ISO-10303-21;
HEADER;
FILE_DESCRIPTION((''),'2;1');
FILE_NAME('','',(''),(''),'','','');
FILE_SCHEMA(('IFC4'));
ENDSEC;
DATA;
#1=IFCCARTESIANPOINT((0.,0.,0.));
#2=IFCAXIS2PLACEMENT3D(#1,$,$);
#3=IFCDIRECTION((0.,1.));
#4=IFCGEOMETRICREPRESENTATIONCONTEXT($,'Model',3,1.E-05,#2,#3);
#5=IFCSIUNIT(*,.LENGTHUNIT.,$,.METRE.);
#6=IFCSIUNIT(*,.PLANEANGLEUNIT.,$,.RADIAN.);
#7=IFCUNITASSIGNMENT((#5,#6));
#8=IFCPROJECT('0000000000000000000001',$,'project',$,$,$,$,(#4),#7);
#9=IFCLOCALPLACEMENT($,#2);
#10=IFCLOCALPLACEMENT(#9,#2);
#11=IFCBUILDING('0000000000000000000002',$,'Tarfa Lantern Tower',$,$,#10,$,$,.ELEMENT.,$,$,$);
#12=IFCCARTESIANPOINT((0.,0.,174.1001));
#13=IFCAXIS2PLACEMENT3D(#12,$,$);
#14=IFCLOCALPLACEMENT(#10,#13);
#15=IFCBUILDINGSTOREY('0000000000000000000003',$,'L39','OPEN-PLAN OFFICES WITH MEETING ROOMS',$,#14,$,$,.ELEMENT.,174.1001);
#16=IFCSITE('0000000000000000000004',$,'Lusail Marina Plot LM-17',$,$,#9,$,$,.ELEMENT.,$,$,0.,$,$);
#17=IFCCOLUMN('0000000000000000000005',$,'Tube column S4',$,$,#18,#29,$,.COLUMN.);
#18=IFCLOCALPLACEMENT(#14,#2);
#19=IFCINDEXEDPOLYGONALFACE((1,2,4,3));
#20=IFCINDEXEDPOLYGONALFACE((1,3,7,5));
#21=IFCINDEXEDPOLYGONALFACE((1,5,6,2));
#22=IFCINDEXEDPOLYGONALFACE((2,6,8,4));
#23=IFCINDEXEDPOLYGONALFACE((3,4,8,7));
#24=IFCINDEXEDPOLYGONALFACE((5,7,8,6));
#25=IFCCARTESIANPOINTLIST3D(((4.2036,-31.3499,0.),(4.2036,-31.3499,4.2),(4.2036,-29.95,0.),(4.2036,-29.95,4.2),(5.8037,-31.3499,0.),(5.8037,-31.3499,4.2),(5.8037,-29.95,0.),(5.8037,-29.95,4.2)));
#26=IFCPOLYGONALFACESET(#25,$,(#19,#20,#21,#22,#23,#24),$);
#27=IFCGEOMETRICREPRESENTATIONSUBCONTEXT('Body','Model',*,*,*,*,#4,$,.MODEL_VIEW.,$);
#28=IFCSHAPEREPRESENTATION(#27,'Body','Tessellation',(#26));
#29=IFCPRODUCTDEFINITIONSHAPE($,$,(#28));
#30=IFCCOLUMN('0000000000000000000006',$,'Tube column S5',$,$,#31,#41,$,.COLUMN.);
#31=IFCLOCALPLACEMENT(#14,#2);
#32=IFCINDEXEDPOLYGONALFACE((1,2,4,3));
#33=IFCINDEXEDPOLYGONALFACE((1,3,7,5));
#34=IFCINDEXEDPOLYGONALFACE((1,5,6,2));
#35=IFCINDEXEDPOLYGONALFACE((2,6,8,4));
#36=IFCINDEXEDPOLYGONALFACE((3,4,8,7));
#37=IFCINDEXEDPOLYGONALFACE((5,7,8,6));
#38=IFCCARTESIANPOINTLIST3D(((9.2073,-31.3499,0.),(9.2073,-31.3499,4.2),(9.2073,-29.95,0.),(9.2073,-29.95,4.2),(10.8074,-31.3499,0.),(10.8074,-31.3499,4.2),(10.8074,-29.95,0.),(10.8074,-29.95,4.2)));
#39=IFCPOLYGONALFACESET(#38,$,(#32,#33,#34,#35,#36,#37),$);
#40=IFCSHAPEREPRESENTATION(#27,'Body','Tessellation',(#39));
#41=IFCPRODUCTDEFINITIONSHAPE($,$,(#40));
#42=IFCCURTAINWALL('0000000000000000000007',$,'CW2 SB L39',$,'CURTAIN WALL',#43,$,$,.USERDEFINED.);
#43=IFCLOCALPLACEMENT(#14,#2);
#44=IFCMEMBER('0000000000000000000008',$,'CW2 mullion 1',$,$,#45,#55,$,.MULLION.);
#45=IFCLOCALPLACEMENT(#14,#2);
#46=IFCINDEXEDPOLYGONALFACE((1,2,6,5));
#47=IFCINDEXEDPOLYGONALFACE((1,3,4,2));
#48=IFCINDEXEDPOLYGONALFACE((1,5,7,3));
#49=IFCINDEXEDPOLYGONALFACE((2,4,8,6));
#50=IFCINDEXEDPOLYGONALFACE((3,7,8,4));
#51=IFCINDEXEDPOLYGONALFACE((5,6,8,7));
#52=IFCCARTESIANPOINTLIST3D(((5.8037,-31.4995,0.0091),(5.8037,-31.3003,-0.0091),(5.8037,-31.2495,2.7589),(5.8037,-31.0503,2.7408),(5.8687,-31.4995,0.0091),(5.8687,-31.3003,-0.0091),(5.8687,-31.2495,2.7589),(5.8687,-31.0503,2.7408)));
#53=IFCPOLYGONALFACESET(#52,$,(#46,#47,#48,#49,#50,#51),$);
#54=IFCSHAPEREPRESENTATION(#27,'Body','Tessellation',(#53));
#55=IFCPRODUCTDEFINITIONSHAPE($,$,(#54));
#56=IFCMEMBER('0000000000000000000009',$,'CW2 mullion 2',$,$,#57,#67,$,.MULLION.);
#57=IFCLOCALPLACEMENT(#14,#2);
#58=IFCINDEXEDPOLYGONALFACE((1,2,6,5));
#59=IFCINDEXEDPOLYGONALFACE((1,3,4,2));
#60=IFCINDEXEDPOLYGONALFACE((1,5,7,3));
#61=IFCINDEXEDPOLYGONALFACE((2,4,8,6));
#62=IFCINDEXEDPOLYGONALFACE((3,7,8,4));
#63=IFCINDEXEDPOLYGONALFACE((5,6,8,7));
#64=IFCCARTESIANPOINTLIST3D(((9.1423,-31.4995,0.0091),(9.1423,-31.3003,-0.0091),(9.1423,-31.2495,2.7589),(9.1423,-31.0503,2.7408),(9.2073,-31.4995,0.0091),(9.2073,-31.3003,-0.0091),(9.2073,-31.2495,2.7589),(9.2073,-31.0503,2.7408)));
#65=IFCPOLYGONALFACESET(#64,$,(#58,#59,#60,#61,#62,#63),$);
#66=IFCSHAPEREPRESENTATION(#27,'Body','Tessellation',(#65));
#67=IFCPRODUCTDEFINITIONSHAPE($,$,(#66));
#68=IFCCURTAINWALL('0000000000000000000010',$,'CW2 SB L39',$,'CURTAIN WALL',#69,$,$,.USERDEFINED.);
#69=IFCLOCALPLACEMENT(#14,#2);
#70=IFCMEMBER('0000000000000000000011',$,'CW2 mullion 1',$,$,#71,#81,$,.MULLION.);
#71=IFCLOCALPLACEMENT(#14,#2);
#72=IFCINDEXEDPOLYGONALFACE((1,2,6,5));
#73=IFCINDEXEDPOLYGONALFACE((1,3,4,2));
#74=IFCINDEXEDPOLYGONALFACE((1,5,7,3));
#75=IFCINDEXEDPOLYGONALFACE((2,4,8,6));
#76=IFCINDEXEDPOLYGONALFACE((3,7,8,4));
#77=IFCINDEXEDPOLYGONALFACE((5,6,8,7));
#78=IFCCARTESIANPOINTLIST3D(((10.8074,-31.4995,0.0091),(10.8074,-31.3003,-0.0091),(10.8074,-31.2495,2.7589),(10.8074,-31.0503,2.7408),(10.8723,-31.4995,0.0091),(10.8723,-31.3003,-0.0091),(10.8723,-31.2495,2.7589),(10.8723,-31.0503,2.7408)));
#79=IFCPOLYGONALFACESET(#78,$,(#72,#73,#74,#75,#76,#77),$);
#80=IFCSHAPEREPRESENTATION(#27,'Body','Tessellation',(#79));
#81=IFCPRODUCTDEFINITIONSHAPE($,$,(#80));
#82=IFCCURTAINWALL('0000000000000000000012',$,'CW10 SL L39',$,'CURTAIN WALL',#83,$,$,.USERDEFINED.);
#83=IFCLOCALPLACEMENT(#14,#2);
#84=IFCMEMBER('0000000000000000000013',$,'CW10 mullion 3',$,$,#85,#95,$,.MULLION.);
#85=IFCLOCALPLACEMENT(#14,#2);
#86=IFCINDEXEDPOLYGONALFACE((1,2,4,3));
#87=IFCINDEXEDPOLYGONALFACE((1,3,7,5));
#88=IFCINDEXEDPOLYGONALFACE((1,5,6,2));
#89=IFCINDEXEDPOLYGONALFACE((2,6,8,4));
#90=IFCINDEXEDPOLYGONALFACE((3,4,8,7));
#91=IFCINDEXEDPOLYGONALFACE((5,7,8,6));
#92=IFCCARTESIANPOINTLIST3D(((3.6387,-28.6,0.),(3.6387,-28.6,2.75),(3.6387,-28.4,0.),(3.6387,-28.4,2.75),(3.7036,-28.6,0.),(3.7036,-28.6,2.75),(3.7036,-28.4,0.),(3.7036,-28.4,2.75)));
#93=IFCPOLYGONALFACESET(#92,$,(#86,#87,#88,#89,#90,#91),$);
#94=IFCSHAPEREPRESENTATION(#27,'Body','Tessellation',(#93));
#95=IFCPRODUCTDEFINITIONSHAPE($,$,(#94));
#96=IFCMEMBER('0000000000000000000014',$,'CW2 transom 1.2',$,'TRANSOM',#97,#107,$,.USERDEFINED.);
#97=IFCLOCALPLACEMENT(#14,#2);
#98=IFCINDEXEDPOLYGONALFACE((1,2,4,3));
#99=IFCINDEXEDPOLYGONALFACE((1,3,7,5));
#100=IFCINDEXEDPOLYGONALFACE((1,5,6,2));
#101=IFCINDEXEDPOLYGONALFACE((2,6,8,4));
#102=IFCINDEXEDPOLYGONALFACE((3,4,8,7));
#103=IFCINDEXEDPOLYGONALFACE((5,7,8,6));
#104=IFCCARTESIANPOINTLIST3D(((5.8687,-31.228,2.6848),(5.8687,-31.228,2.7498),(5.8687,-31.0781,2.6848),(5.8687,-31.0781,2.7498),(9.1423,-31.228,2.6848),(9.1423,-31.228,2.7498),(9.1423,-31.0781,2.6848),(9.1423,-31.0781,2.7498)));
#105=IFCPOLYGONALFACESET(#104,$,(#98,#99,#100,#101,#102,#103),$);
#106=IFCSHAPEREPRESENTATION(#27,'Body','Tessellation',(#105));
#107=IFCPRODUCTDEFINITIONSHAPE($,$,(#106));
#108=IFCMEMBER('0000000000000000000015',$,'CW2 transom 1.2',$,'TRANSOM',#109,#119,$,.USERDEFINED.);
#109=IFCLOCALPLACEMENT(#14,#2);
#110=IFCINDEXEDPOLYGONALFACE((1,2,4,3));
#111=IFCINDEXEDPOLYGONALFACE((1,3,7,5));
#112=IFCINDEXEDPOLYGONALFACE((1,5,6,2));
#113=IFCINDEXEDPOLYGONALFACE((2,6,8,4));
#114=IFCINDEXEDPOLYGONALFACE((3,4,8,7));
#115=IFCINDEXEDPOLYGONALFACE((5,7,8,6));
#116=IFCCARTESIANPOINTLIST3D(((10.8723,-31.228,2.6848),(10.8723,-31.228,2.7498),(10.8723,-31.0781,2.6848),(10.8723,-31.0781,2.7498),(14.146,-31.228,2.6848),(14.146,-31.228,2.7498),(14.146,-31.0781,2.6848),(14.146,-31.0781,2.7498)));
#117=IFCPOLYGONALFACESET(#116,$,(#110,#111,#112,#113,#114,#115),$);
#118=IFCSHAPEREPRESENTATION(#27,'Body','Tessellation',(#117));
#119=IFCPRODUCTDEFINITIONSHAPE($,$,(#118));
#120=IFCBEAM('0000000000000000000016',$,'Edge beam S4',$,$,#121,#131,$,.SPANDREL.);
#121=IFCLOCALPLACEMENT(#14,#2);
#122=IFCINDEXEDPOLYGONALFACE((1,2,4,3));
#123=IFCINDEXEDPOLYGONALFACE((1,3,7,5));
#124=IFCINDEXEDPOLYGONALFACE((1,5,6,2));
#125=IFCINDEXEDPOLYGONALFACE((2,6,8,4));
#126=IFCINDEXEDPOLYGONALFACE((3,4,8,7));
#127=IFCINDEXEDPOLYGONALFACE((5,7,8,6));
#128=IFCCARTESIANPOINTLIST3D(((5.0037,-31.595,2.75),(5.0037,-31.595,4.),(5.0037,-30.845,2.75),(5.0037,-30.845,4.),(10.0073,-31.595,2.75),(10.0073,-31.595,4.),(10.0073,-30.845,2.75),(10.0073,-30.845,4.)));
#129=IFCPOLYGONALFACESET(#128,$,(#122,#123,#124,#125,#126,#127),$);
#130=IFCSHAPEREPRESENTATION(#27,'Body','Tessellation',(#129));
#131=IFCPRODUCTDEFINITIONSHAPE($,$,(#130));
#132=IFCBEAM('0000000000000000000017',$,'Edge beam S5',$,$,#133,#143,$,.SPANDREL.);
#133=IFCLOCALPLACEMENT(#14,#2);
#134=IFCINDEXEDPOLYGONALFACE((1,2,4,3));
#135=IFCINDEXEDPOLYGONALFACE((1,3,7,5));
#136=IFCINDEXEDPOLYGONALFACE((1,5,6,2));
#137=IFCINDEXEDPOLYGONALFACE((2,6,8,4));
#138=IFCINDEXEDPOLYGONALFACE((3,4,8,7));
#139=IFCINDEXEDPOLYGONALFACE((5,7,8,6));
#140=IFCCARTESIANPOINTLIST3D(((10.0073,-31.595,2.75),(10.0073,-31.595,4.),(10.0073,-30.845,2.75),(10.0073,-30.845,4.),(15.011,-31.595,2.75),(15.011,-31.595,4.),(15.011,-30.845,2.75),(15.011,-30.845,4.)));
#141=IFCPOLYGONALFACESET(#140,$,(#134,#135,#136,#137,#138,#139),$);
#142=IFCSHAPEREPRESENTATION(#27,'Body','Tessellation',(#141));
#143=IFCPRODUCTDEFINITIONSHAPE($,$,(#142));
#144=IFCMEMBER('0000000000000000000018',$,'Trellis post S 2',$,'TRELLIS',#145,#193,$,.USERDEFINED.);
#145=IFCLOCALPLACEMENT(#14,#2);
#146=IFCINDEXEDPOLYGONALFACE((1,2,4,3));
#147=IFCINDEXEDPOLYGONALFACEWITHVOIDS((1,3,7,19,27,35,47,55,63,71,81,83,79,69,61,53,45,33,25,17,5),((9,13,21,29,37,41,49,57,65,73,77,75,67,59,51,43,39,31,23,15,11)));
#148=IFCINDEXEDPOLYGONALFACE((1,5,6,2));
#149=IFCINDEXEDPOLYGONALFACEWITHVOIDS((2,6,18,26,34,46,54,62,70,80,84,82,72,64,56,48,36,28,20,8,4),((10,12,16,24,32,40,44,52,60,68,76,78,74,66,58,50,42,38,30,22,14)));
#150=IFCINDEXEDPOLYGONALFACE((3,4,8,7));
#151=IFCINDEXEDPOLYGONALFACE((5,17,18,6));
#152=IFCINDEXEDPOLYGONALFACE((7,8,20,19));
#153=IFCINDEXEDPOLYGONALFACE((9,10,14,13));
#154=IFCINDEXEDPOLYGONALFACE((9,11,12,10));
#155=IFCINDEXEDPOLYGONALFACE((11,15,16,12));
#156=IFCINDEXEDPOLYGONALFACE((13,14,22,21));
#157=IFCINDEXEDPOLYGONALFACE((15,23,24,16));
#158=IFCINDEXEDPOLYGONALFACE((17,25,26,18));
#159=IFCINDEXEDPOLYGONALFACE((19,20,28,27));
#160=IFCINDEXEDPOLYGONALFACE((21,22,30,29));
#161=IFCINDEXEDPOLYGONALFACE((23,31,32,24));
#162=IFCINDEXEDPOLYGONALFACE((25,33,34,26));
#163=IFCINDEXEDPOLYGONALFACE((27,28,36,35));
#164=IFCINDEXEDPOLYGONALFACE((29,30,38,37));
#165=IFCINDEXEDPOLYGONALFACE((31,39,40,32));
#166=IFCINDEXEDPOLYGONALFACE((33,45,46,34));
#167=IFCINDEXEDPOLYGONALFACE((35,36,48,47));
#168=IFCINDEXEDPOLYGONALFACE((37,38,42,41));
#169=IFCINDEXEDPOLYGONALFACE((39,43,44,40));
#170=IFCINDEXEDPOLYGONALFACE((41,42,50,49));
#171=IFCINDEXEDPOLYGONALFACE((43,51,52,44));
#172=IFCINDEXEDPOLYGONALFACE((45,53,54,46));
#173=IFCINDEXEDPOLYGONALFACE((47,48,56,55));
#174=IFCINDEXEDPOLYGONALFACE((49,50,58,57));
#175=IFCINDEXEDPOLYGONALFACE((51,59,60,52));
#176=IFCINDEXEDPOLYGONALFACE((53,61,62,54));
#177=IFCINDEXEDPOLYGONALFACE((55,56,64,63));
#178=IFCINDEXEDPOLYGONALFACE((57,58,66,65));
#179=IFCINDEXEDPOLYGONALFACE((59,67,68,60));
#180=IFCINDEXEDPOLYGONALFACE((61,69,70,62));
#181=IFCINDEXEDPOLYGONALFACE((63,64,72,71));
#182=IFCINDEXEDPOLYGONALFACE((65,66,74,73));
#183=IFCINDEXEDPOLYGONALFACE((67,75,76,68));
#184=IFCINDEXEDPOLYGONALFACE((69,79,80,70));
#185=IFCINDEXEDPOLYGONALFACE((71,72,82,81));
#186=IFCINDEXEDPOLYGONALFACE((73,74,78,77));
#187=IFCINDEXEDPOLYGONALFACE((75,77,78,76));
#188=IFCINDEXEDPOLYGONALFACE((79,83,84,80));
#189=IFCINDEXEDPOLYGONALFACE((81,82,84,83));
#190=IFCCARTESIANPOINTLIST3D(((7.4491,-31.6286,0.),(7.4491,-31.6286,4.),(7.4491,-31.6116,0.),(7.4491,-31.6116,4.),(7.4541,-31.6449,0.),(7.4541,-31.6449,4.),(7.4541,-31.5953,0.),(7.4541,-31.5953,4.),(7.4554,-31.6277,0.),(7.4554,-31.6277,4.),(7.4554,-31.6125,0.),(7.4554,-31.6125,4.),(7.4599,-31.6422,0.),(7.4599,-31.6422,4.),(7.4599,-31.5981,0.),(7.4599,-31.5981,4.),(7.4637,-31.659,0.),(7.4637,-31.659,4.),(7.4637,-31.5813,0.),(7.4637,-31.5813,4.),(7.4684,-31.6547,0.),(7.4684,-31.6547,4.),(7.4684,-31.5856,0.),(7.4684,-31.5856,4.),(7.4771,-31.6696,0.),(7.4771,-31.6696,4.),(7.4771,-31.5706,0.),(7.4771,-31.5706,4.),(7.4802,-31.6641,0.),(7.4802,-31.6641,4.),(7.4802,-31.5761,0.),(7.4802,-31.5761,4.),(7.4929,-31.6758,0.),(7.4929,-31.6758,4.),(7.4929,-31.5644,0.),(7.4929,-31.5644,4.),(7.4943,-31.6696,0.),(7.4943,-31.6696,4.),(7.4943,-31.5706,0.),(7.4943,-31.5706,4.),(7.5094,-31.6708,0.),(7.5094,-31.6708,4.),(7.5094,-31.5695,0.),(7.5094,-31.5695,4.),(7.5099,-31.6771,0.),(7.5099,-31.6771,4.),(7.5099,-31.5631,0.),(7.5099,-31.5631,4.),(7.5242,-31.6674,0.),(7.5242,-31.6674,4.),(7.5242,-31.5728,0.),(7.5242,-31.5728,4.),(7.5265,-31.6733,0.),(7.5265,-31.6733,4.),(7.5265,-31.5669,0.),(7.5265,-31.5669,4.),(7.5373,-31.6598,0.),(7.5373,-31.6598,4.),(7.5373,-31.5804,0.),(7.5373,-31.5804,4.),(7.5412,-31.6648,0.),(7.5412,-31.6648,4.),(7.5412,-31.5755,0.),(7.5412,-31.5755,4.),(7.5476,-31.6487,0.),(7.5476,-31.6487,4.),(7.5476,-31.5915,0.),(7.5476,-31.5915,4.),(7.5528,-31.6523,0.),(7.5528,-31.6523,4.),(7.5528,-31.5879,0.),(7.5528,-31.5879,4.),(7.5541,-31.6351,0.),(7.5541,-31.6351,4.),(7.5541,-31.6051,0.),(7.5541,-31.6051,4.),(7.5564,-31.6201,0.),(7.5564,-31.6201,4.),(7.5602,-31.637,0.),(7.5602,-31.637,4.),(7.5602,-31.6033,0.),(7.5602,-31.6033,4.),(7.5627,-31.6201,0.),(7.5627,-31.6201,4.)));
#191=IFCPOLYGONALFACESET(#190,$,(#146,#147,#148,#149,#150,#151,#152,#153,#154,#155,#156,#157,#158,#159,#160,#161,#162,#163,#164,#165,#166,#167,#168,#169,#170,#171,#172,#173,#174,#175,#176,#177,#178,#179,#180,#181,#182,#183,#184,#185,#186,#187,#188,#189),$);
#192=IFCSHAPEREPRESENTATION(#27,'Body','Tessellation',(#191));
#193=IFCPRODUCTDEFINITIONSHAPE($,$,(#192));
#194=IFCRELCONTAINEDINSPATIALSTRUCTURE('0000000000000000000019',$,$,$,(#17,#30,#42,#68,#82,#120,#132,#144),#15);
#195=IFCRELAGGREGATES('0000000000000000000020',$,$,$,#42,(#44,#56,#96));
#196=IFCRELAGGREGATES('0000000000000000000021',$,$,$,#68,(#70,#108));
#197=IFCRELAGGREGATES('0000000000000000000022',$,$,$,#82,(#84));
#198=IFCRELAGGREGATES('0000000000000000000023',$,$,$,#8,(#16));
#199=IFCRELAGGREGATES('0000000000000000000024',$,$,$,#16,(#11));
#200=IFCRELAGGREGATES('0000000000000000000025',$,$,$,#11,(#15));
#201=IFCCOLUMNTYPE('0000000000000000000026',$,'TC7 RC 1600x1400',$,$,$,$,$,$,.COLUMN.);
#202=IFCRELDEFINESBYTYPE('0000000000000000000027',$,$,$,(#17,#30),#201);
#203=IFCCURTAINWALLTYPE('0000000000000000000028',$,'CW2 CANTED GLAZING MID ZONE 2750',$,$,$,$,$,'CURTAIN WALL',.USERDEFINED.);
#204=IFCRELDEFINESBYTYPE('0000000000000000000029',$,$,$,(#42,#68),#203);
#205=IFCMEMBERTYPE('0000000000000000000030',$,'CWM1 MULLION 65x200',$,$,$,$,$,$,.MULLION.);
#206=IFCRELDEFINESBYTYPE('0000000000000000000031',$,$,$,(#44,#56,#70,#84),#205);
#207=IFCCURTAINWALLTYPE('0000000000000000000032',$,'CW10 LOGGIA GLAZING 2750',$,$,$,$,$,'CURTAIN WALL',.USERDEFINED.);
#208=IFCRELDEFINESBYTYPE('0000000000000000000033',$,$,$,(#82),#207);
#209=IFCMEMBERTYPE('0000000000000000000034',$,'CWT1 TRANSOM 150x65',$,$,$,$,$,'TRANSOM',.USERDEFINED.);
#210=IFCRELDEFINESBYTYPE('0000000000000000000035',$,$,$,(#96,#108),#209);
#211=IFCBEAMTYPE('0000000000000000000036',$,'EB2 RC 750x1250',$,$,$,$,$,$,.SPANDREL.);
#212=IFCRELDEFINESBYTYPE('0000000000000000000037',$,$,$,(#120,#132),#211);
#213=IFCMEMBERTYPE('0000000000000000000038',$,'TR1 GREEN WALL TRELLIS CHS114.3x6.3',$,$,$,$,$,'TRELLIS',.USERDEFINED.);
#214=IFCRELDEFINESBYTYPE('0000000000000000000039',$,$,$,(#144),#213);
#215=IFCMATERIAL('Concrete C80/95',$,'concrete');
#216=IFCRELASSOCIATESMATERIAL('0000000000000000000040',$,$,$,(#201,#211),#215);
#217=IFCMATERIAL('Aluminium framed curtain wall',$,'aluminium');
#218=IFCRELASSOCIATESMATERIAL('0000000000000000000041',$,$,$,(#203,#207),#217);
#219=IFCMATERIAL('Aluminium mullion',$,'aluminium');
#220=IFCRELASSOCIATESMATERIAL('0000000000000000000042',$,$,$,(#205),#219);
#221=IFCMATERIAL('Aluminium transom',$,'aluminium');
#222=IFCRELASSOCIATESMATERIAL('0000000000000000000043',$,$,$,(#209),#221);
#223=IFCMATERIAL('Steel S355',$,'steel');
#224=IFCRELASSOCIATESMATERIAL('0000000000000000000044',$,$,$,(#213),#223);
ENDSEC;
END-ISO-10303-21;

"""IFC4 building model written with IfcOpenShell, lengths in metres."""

from ifc_helpers import new_model, si_unit, direction, frame, origin, origin_2d, place, context, subcontext, project, spatial, rectangle, hollow_circle, extrude, material, material_profile, profile_set, type_object, element, aggregate, save


model = new_model("IFC4")

# Units and contexts
model_context = context("Model", 3, precision=1e-05, world=origin(), true_north=direction((0.0, 1.0)))
body_context = subcontext(model_context, "Body", "Model", "MODEL_VIEW")
ifc_project = project(units=[si_unit("LENGTHUNIT", "METRE"), si_unit("PLANEANGLEUNIT", "RADIAN")], contexts=[model_context])

# Site, building, storey
site_placement = place(None, origin())
site = spatial("IfcSite", under=ifc_project, at=site_placement, Name="Lusail Marina Plot LM-17", CompositionType="ELEMENT", RefElevation=0.0)
building_placement = place(site_placement, origin())
building = spatial("IfcBuilding", under=site, at=building_placement, Name="Tarfa Lantern Tower", CompositionType="ELEMENT")
storey_placement = place(building_placement, frame((0.0, 0.0, 174.1001)))
storey = spatial("IfcBuildingStorey", under=building, at=storey_placement, Name="L39", Description="OPEN-PLAN OFFICES WITH MEETING ROOMS", CompositionType="ELEMENT", Elevation=174.1001)

# Columns
ifc_material_1 = material(Name="Concrete C80/95", Category="concrete")
ifc_material_profile_1 = material_profile(ifc_material_1, rectangle(XDim=1.6001, YDim=1.3999, at=origin_2d()), Name="RC 1600x1400")
ifc_profile_set_1 = profile_set([ifc_material_profile_1], Name="Concrete C80/95")
column_type = type_object("IfcColumnType", Name="TC7 RC 1600x1400", PredefinedType="COLUMN", material=ifc_profile_set_1)
for number, where, z_axis, x_axis, name in (
    (1, (5.0037, -30.6499, 0.0), (0.0, 0.0, 1.0), (1.0, 0.0, 0.0), "Tube column S4"),
    (2, (10.0073, -30.6499, 0.0), (0.0, 0.0, 1.0), (1.0, 0.0, 0.0), "Tube column S5"),
):
    element("IfcColumn", number, at=place(storey_placement, frame(where, z_axis=z_axis, x_axis=x_axis)), inside=storey, type_object=column_type, Name=name, PredefinedType="COLUMN", context=body_context, shape_type="SweptSolid", body=[
        extrude(rectangle(XDim=1.6001, YDim=1.3999, at=origin_2d()), origin(), (0.0, 0.0, 1.0), 4.2),
    ])

# Curtain wall, members
ifc_material_2 = material(Name="Aluminium framed curtain wall", Category="aluminium")
curtain_wall_type_1 = type_object("IfcCurtainWallType", Name="CW2 CANTED GLAZING MID ZONE 2750", ElementType="CURTAIN WALL", PredefinedType="USERDEFINED", material=ifc_material_2)
curtain_wall_1_placement = place(storey_placement, origin())
curtain_wall_1 = element("IfcCurtainWall", 3, at=curtain_wall_1_placement, inside=storey, type_object=curtain_wall_type_1, Name="CW2 SB L39", ObjectType="CURTAIN WALL", PredefinedType="USERDEFINED")
ifc_material_3 = material(Name="Aluminium mullion", Category="aluminium")
ifc_material_profile_2 = material_profile(ifc_material_3, rectangle(XDim=0.0649, YDim=0.2, at=origin_2d()), Name="AL MULLION 65x200")
ifc_profile_set_2 = profile_set([ifc_material_profile_2], Name="Aluminium mullion")
member_type_1 = type_object("IfcMemberType", Name="CWM1 MULLION 65x200", PredefinedType="MULLION", material=ifc_profile_set_2)
member_1_placement = place(storey_placement, frame((5.8362, -31.3999, 0.0), z_axis=(0.0, 0.090536, 0.995893), x_axis=(-1.0, 0.0, 0.0)))
member_1 = element("IfcMember", 4, at=member_1_placement, type_object=member_type_1, Name="CW2 mullion 1", PredefinedType="MULLION", context=body_context, shape_type="SweptSolid", body=[
    extrude(rectangle(XDim=0.0649, YDim=0.2, at=origin_2d()), origin(), (0.0, 0.0, 1.0), 2.7612),
])
member_2_placement = place(storey_placement, frame((9.1748, -31.3999, 0.0), z_axis=(0.0, 0.090536, 0.995893), x_axis=(-1.0, 0.0, 0.0)))
member_2 = element("IfcMember", 5, at=member_2_placement, type_object=member_type_1, Name="CW2 mullion 2", PredefinedType="MULLION", context=body_context, shape_type="SweptSolid", body=[
    extrude(rectangle(XDim=0.0649, YDim=0.2, at=origin_2d()), origin(), (0.0, 0.0, 1.0), 2.7612),
])

# Curtain walls, members
curtain_wall_2_placement = place(storey_placement, origin())
curtain_wall_2 = element("IfcCurtainWall", 6, at=curtain_wall_2_placement, inside=storey, type_object=curtain_wall_type_1, Name="CW2 SB L39", ObjectType="CURTAIN WALL", PredefinedType="USERDEFINED")
member_3_placement = place(storey_placement, frame((10.8398, -31.3999, 0.0), z_axis=(0.0, 0.090536, 0.995893), x_axis=(-1.0, 0.0, 0.0)))
member_3 = element("IfcMember", 7, at=member_3_placement, type_object=member_type_1, Name="CW2 mullion 1", PredefinedType="MULLION", context=body_context, shape_type="SweptSolid", body=[
    extrude(rectangle(XDim=0.0649, YDim=0.2, at=origin_2d()), origin(), (0.0, 0.0, 1.0), 2.7612),
])
curtain_wall_type_2 = type_object("IfcCurtainWallType", Name="CW10 LOGGIA GLAZING 2750", ElementType="CURTAIN WALL", PredefinedType="USERDEFINED", material=ifc_material_2)
curtain_wall_3_placement = place(storey_placement, origin())
curtain_wall_3 = element("IfcCurtainWall", 8, at=curtain_wall_3_placement, inside=storey, type_object=curtain_wall_type_2, Name="CW10 SL L39", ObjectType="CURTAIN WALL", PredefinedType="USERDEFINED")
member_4_placement = place(storey_placement, frame((3.6711, -28.5, 0.0), z_axis=(0.0, 0.0, 1.0), x_axis=(1.0, 0.0, 0.0)))
member_4 = element("IfcMember", 9, at=member_4_placement, type_object=member_type_1, Name="CW10 mullion 3", PredefinedType="MULLION", context=body_context, shape_type="SweptSolid", body=[
    extrude(rectangle(XDim=0.0649, YDim=0.2, at=origin_2d()), origin(), (0.0, 0.0, 1.0), 2.75),
])

# Members
ifc_material_4 = material(Name="Aluminium transom", Category="aluminium")
ifc_material_profile_3 = material_profile(ifc_material_4, rectangle(XDim=0.1499, YDim=0.0649, at=origin_2d()), Name="AL TRANSOM 150x65")
ifc_profile_set_3 = profile_set([ifc_material_profile_3], Name="Aluminium transom")
member_type_2 = type_object("IfcMemberType", Name="CWT1 TRANSOM 150x65", ElementType="TRANSOM", PredefinedType="USERDEFINED", material=ifc_profile_set_3)
member_5_placement = place(storey_placement, frame((5.8687, -31.1531, 2.7173), z_axis=(1.0, 0.0, 0.0), x_axis=(0.0, 1.0, 0.0)))
member_5 = element("IfcMember", 10, at=member_5_placement, type_object=member_type_2, Name="CW2 transom 1.2", ObjectType="TRANSOM", PredefinedType="USERDEFINED", context=body_context, shape_type="SweptSolid", body=[
    extrude(rectangle(XDim=0.1499, YDim=0.0649, at=origin_2d()), origin(), (0.0, 0.0, 1.0), 3.2737),
])
member_6_placement = place(storey_placement, frame((10.8723, -31.1531, 2.7173), z_axis=(1.0, 0.0, 0.0), x_axis=(0.0, 1.0, 0.0)))
member_6 = element("IfcMember", 11, at=member_6_placement, type_object=member_type_2, Name="CW2 transom 1.2", ObjectType="TRANSOM", PredefinedType="USERDEFINED", context=body_context, shape_type="SweptSolid", body=[
    extrude(rectangle(XDim=0.1499, YDim=0.0649, at=origin_2d()), origin(), (0.0, 0.0, 1.0), 3.2737),
])

# Beams
ifc_material_profile_4 = material_profile(ifc_material_1, rectangle(XDim=0.75, YDim=1.25, at=origin_2d()), Name="RC 750x1250")
ifc_profile_set_4 = profile_set([ifc_material_profile_4], Name="Concrete C80/95")
beam_type_1 = type_object("IfcBeamType", Name="EB2 RC 750x1250", PredefinedType="SPANDREL", material=ifc_profile_set_4)
for number, where, z_axis, x_axis, name in (
    (12, (5.0037, -31.22, 3.375), (1.0, 0.0, 0.0), (0.0, 1.0, 0.0), "Edge beam S4"),
    (13, (10.0073, -31.22, 3.375), (1.0, 0.0, 0.0), (0.0, 1.0, 0.0), "Edge beam S5"),
):
    element("IfcBeam", number, at=place(storey_placement, frame(where, z_axis=z_axis, x_axis=x_axis)), inside=storey, type_object=beam_type_1, Name=name, PredefinedType="SPANDREL", context=body_context, shape_type="SweptSolid", body=[
        extrude(rectangle(XDim=0.75, YDim=1.25, at=origin_2d()), origin(), (0.0, 0.0, 1.0), 5.0037),
    ])

# Member
ifc_material_5 = material(Name="Steel S355", Category="steel")
ifc_material_profile_5 = material_profile(ifc_material_5, hollow_circle(Radius=0.0571, WallThickness=0.0063, at=origin_2d()), Name="CHS114.3x6.3")
ifc_profile_set_5 = profile_set([ifc_material_profile_5], Name="Steel S355")
member_type_3 = type_object("IfcMemberType", Name="TR1 GREEN WALL TRELLIS CHS114.3x6.3", ElementType="TRELLIS", PredefinedType="USERDEFINED", material=ifc_profile_set_5)
member_7_placement = place(storey_placement, frame((7.5056, -31.6201, 0.0), z_axis=(0.0, 0.0, 1.0), x_axis=(1.0, 0.0, 0.0)))
element("IfcMember", 14, at=member_7_placement, inside=storey, type_object=member_type_3, Name="Trellis post S 2", ObjectType="TRELLIS", PredefinedType="USERDEFINED", context=body_context, shape_type="SweptSolid", body=[
    extrude(hollow_circle(Radius=0.0571, WallThickness=0.0063, at=origin_2d()), origin(), (0.0, 0.0, 1.0), 4.0),
])

aggregate(curtain_wall_1, [member_1, member_2, member_5])
aggregate(curtain_wall_2, [member_3, member_6])
aggregate(curtain_wall_3, [member_4])

save(model, "model.ifc")
